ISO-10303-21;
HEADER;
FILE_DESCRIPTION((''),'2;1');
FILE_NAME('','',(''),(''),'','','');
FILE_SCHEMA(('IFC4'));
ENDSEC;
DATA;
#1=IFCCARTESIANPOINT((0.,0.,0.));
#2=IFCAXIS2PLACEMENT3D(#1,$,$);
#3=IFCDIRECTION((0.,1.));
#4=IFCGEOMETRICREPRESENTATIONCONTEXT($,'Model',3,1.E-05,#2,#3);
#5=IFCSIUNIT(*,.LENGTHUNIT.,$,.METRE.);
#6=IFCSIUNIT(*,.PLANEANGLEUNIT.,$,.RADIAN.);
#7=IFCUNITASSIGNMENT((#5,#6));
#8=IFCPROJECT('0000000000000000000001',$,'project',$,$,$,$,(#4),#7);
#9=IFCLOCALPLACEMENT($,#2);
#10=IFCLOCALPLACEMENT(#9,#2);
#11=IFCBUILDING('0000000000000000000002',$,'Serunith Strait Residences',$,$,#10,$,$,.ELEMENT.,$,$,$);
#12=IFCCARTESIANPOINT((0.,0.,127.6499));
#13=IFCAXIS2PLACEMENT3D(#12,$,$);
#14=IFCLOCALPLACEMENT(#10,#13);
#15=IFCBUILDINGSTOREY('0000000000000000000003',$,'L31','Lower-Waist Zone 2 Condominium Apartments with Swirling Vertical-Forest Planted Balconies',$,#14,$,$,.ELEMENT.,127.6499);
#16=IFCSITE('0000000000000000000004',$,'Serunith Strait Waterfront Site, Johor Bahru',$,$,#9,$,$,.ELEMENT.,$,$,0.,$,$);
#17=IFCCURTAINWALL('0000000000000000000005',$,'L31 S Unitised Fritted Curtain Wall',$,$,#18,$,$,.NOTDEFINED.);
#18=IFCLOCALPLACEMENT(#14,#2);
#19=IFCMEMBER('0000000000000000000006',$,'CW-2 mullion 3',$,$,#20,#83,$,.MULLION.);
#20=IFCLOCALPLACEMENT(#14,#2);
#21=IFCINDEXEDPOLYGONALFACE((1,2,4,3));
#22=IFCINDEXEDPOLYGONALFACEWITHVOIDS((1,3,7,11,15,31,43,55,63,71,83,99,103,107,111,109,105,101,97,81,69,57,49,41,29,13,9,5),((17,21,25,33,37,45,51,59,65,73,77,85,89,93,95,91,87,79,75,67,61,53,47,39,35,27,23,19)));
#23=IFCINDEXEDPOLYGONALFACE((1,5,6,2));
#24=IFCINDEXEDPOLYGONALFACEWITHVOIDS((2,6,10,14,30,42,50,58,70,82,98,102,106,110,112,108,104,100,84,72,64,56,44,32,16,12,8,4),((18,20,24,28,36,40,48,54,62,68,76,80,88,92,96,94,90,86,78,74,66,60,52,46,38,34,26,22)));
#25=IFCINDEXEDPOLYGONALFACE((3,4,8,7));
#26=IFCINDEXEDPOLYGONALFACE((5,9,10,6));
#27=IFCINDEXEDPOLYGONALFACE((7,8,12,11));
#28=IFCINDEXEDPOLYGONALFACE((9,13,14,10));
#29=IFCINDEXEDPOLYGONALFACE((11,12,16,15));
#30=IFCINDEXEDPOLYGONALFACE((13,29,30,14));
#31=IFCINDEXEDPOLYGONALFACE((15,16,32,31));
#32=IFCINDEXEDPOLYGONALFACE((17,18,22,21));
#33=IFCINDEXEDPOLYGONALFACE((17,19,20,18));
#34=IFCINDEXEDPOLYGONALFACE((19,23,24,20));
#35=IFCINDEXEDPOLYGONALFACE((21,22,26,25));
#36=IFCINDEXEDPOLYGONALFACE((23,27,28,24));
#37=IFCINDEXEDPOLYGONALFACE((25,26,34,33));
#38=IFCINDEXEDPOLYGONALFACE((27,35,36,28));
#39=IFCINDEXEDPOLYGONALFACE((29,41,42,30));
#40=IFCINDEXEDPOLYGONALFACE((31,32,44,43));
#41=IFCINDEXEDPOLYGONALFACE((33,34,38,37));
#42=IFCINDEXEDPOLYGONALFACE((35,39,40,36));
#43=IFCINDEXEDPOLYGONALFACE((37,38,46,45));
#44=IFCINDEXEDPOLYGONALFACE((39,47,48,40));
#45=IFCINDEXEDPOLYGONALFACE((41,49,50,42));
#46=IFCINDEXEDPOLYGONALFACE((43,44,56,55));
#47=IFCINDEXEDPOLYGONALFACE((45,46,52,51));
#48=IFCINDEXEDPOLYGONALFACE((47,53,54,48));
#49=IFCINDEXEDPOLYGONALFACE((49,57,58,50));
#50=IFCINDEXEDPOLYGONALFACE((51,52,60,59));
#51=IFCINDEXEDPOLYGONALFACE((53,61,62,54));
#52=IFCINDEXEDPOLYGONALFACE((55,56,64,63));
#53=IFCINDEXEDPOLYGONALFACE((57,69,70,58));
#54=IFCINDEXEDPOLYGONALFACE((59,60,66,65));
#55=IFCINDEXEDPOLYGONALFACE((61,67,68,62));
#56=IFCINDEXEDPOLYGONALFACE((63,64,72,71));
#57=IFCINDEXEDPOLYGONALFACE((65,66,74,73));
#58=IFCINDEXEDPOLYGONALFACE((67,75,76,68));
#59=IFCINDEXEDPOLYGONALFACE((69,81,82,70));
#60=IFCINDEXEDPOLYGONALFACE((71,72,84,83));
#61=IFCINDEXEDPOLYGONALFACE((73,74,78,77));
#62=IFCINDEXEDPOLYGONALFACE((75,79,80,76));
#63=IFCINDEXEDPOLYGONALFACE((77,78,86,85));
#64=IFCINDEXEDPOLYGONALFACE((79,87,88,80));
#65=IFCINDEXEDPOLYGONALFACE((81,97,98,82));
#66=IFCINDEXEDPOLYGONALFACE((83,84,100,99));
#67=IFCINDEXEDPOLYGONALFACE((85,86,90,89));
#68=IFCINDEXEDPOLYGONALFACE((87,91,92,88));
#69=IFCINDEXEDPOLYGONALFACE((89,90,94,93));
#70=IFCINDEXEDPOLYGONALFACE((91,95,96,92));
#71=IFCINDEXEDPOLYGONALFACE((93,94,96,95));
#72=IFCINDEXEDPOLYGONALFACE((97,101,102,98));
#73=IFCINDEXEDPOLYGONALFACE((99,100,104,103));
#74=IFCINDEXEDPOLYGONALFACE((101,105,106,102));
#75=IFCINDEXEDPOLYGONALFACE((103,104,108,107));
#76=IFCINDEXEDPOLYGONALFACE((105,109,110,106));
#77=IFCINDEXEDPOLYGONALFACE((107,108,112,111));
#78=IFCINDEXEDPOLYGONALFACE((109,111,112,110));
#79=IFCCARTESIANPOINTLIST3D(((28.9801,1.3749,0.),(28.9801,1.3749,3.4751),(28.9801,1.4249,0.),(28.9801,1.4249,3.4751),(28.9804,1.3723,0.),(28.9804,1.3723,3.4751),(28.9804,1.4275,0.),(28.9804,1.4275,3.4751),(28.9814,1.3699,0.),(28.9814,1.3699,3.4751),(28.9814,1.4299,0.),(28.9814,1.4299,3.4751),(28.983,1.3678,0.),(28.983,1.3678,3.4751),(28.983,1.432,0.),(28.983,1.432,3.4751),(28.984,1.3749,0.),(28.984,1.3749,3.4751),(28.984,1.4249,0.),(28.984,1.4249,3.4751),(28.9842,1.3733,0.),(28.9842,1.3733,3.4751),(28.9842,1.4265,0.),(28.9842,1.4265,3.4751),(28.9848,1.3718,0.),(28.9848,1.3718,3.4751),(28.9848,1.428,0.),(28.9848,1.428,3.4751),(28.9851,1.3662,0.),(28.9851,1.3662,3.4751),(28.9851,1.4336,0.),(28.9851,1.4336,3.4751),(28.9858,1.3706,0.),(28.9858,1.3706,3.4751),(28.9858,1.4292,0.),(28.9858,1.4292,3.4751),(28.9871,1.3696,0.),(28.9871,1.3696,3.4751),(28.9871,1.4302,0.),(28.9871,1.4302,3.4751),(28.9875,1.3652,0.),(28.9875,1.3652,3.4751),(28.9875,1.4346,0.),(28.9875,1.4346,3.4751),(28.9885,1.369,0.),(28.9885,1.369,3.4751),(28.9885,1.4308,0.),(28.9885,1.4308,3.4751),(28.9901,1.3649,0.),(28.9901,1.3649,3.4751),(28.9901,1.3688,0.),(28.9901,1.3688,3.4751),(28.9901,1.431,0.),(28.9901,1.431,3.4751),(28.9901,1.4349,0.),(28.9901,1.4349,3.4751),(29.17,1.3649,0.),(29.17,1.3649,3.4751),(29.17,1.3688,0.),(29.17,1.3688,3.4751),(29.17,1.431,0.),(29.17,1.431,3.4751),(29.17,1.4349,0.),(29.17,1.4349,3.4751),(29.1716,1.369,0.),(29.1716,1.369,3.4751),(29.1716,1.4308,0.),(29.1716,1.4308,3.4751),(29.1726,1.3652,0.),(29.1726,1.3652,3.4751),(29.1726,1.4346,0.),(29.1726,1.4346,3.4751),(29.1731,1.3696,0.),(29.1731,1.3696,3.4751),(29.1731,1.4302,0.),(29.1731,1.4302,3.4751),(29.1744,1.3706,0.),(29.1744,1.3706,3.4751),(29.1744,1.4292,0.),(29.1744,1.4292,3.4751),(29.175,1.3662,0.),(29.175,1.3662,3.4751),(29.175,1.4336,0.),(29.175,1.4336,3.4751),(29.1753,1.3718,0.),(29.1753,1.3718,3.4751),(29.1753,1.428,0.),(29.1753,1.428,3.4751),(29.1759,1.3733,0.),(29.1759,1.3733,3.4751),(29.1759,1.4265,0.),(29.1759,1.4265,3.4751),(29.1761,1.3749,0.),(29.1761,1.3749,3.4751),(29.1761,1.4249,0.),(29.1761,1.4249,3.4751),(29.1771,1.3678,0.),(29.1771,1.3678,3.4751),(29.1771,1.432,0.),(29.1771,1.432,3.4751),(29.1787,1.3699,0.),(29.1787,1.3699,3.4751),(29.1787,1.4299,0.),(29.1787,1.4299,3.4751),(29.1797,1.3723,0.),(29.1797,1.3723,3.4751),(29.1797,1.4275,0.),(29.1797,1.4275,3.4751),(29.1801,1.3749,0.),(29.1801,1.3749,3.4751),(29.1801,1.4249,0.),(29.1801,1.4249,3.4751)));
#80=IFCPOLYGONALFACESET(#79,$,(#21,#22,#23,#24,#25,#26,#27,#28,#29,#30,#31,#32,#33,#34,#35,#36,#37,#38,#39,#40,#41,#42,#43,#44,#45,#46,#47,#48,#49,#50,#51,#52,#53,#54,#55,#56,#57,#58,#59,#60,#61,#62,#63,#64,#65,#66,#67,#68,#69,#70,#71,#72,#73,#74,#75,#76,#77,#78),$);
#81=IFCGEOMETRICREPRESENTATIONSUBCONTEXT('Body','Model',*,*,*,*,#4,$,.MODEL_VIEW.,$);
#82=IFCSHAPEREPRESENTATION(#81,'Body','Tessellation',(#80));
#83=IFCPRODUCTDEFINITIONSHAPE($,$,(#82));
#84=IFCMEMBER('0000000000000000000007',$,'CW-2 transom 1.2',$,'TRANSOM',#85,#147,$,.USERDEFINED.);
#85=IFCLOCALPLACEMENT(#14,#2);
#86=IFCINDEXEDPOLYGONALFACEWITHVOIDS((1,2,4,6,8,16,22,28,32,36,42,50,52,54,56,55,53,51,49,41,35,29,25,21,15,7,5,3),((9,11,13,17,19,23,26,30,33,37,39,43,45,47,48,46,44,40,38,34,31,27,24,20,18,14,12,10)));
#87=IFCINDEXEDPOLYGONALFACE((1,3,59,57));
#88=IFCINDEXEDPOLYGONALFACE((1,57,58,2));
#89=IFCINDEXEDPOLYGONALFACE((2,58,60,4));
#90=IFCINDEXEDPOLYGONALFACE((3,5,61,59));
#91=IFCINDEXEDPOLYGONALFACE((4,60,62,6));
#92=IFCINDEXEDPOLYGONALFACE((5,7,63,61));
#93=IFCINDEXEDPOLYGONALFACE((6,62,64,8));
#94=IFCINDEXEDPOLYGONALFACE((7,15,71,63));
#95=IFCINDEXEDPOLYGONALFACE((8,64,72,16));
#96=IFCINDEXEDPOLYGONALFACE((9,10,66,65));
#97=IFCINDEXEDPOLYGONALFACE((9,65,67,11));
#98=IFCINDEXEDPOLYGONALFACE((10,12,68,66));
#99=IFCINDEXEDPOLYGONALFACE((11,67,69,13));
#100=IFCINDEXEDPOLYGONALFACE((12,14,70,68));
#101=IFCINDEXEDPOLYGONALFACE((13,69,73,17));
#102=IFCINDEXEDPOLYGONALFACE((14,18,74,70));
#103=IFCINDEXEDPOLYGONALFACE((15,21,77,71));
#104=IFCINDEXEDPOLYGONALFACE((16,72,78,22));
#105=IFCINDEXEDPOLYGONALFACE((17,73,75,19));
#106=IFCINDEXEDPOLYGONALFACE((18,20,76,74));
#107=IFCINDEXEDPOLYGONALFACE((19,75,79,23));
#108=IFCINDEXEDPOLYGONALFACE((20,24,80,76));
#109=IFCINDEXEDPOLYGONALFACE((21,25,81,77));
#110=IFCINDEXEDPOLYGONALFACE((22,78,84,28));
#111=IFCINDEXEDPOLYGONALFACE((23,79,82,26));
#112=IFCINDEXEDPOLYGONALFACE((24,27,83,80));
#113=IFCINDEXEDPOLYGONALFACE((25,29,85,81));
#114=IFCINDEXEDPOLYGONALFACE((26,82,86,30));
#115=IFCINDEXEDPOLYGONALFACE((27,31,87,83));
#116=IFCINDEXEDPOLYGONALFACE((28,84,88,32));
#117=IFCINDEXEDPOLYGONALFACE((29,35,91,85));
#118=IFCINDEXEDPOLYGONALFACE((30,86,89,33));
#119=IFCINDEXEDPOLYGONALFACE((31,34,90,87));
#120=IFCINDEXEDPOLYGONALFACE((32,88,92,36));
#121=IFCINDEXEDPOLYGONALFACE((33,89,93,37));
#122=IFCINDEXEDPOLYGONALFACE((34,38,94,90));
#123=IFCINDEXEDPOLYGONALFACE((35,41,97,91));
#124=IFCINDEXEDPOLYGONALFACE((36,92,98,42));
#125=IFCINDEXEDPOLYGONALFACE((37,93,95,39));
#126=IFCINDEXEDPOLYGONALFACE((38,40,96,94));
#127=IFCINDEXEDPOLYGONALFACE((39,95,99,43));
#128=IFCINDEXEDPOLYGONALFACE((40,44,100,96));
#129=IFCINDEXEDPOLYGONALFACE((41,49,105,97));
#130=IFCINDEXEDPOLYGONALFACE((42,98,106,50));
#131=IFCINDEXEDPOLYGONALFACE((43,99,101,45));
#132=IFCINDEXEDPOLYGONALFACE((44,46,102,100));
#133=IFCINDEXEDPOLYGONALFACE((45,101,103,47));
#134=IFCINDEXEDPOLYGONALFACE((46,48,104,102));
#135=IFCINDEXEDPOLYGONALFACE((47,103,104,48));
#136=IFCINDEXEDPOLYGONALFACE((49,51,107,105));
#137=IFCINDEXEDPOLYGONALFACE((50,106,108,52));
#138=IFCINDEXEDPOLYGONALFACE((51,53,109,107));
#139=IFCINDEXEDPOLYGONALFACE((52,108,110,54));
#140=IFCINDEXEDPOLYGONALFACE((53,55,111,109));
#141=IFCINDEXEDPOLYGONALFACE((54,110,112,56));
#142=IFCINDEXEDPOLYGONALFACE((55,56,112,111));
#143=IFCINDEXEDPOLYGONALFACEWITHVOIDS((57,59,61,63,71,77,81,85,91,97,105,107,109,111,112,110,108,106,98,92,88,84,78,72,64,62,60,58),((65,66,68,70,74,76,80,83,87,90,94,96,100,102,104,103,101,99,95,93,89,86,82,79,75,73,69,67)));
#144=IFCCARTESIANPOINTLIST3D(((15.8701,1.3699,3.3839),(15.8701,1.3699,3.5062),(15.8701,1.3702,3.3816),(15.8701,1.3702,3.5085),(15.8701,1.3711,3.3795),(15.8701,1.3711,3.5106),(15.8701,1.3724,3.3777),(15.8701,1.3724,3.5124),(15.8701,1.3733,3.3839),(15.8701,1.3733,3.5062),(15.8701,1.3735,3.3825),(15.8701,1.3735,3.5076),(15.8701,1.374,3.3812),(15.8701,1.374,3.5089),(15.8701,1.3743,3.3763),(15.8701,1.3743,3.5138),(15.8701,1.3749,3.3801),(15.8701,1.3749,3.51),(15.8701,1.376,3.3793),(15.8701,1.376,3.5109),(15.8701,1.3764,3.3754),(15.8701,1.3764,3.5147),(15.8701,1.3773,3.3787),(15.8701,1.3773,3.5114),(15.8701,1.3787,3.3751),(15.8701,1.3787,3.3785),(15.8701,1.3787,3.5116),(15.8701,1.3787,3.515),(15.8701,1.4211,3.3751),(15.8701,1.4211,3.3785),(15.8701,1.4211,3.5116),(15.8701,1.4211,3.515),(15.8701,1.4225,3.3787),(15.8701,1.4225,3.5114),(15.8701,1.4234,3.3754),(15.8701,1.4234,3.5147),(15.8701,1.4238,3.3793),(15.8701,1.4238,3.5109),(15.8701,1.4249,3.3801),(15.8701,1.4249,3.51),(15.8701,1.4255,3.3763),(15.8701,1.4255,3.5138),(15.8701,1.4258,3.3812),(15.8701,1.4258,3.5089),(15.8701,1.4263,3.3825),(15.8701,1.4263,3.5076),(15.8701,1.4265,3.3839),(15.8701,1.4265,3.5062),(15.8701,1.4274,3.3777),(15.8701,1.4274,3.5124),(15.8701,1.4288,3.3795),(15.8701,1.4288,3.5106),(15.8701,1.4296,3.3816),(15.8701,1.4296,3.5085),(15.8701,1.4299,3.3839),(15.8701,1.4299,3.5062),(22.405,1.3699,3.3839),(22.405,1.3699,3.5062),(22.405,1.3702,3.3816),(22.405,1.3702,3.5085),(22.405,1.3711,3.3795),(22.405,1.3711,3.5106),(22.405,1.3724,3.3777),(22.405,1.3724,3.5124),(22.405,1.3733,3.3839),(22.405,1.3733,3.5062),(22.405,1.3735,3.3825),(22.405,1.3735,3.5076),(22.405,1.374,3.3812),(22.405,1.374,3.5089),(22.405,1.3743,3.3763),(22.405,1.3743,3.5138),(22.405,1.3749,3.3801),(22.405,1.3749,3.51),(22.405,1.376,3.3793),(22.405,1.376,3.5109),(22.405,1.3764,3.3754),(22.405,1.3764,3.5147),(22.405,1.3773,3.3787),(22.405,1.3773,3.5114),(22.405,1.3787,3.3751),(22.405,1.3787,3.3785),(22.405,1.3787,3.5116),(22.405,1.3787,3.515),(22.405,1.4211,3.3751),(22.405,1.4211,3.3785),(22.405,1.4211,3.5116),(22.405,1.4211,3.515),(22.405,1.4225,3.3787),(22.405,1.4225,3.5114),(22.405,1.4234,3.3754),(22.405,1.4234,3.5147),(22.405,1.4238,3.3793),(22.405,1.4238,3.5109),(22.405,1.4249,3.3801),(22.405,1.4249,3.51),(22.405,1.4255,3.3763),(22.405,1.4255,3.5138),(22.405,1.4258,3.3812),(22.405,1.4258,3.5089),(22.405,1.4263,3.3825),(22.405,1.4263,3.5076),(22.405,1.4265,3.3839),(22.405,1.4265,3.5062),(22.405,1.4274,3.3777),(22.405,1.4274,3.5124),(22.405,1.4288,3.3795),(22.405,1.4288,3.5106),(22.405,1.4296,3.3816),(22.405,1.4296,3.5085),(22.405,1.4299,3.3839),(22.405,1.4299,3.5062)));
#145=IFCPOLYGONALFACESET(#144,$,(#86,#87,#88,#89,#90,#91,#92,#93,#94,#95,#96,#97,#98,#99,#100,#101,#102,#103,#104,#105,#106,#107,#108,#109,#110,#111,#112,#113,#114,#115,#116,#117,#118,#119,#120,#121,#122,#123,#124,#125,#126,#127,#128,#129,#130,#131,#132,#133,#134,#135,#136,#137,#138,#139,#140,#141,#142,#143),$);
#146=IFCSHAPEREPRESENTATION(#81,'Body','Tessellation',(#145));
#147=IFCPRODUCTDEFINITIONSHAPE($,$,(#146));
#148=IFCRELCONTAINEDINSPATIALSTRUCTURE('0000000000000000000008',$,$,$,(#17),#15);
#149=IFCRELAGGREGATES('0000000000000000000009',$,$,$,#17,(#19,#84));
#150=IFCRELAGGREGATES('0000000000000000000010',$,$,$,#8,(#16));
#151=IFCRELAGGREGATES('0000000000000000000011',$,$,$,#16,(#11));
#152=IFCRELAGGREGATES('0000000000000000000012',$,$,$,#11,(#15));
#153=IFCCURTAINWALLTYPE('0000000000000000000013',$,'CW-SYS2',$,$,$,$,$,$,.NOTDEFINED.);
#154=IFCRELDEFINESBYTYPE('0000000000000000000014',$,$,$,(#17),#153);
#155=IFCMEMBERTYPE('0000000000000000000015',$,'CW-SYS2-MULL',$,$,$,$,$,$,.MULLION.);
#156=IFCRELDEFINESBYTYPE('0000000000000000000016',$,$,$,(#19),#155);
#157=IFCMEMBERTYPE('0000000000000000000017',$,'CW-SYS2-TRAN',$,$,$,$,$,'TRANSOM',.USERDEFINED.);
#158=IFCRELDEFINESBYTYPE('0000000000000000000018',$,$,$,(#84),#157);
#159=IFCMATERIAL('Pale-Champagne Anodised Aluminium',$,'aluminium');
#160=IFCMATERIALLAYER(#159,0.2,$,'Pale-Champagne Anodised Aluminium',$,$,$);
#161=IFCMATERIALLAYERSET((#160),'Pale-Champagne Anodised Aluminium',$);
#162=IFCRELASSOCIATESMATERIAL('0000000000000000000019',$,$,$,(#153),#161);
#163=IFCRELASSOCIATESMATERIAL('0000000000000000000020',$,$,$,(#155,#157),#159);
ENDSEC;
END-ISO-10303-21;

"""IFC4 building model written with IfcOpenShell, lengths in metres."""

from ifc_helpers import new_model, si_unit, direction, frame, origin, origin_2d, place, context, subcontext, project, spatial, hollow_rectangle, extrude, source, transform, mapped, material, layer, layer_set, material_profile, profile_set, type_object, element, aggregate, save


model = new_model("IFC4")

# Units and contexts
model_context = context("Model", 3, precision=1e-05, world=origin(), true_north=direction((0.0, 1.0)))
body_context = subcontext(model_context, "Body", "Model", "MODEL_VIEW")
ifc_project = project(units=[si_unit("LENGTHUNIT", "METRE"), si_unit("PLANEANGLEUNIT", "RADIAN")], contexts=[model_context])

# Site, building, storey
site_placement = place(None, origin())
site = spatial("IfcSite", under=ifc_project, at=site_placement, Name="Serunith Strait Waterfront Site, Johor Bahru", CompositionType="ELEMENT", RefElevation=0.0)
building_placement = place(site_placement, origin())
building = spatial("IfcBuilding", under=site, at=building_placement, Name="Serunith Strait Residences", CompositionType="ELEMENT")
storey_placement = place(building_placement, frame((0.0, 0.0, 127.6499)))
storey = spatial("IfcBuildingStorey", under=building, at=storey_placement, Name="L31", Description="Lower-Waist Zone 2 Condominium Apartments with Swirling Vertical-Forest Planted Balconies", CompositionType="ELEMENT", Elevation=127.6499)

# Curtain wall, members
ifc_material_1 = material(Name="Pale-Champagne Anodised Aluminium", Category="aluminium")
ifc_layer_1 = layer(ifc_material_1, 0.2, Name="Pale-Champagne Anodised Aluminium")
ifc_layer_set_1 = layer_set([ifc_layer_1], Name="Pale-Champagne Anodised Aluminium")
curtain_wall_type = type_object("IfcCurtainWallType", Name="CW-SYS2", PredefinedType="NOTDEFINED", material=ifc_layer_set_1)
curtain_wall_placement = place(storey_placement, origin())
curtain_wall = element("IfcCurtainWall", 1, at=curtain_wall_placement, inside=storey, type_object=curtain_wall_type, Name="L31 S Unitised Fritted Curtain Wall", PredefinedType="NOTDEFINED")
ifc_material_profile_1 = material_profile(ifc_material_1, hollow_rectangle(XDim=0.0701, YDim=0.2, WallThickness=0.0039, InnerFilletRadius=0.0061, OuterFilletRadius=0.01, at=origin_2d()), Name="ALU 200x70x4")
ifc_profile_set_1 = profile_set([ifc_material_profile_1], Name="Pale-Champagne Anodised Aluminium")
member_type_1 = type_object("IfcMemberType", Name="CW-SYS2-MULL", PredefinedType="MULLION", material=ifc_profile_set_1)
shared_shape_1 = source(origin(), body_context, "Body", "SweptSolid", [
    extrude(hollow_rectangle(XDim=0.0701, YDim=0.2, WallThickness=0.0039, InnerFilletRadius=0.0061, OuterFilletRadius=0.01, at=origin_2d()), origin(), (0.0, 0.0, 1.0), 3.4751),
])
member_1_placement = place(storey_placement, frame((29.0801, 1.3999, 0.0), z_axis=(0.0, 0.0, 1.0), x_axis=(0.0, 1.0, 0.0)))
member_1 = element("IfcMember", 2, at=member_1_placement, type_object=member_type_1, Name="CW-2 mullion 3", PredefinedType="MULLION", context=body_context, shape_type="MappedRepresentation", body=[
    mapped(shared_shape_1, transform((0.0, 0.0, 0.0), scale=1.0)),
])
ifc_material_profile_2 = material_profile(ifc_material_1, hollow_rectangle(XDim=0.0601, YDim=0.1399, WallThickness=0.0034, InnerFilletRadius=0.0054, OuterFilletRadius=0.0088, at=origin_2d()), Name="ALU 140x60x3.5")
ifc_profile_set_2 = profile_set([ifc_material_profile_2], Name="Pale-Champagne Anodised Aluminium")
member_type_2 = type_object("IfcMemberType", Name="CW-SYS2-TRAN", ElementType="TRANSOM", PredefinedType="USERDEFINED", material=ifc_profile_set_2)
shared_shape_2 = source(origin(), body_context, "Body", "SweptSolid", [
    extrude(hollow_rectangle(XDim=0.0601, YDim=0.1399, WallThickness=0.0034, InnerFilletRadius=0.0054, OuterFilletRadius=0.0088, at=origin_2d()), origin(), (0.0, 0.0, 1.0), 6.5349),
])
member_2_placement = place(storey_placement, frame((15.8701, 1.3999, 3.4451), z_axis=(1.0, 0.0, 0.0), x_axis=(0.0, 1.0, 0.0)))
member_2 = element("IfcMember", 3, at=member_2_placement, type_object=member_type_2, Name="CW-2 transom 1.2", ObjectType="TRANSOM", PredefinedType="USERDEFINED", context=body_context, shape_type="MappedRepresentation", body=[
    mapped(shared_shape_2, transform((0.0, 0.0, 0.0), scale=1.0)),
])
aggregate(curtain_wall, [member_1, member_2])

save(model, "model.ifc")
